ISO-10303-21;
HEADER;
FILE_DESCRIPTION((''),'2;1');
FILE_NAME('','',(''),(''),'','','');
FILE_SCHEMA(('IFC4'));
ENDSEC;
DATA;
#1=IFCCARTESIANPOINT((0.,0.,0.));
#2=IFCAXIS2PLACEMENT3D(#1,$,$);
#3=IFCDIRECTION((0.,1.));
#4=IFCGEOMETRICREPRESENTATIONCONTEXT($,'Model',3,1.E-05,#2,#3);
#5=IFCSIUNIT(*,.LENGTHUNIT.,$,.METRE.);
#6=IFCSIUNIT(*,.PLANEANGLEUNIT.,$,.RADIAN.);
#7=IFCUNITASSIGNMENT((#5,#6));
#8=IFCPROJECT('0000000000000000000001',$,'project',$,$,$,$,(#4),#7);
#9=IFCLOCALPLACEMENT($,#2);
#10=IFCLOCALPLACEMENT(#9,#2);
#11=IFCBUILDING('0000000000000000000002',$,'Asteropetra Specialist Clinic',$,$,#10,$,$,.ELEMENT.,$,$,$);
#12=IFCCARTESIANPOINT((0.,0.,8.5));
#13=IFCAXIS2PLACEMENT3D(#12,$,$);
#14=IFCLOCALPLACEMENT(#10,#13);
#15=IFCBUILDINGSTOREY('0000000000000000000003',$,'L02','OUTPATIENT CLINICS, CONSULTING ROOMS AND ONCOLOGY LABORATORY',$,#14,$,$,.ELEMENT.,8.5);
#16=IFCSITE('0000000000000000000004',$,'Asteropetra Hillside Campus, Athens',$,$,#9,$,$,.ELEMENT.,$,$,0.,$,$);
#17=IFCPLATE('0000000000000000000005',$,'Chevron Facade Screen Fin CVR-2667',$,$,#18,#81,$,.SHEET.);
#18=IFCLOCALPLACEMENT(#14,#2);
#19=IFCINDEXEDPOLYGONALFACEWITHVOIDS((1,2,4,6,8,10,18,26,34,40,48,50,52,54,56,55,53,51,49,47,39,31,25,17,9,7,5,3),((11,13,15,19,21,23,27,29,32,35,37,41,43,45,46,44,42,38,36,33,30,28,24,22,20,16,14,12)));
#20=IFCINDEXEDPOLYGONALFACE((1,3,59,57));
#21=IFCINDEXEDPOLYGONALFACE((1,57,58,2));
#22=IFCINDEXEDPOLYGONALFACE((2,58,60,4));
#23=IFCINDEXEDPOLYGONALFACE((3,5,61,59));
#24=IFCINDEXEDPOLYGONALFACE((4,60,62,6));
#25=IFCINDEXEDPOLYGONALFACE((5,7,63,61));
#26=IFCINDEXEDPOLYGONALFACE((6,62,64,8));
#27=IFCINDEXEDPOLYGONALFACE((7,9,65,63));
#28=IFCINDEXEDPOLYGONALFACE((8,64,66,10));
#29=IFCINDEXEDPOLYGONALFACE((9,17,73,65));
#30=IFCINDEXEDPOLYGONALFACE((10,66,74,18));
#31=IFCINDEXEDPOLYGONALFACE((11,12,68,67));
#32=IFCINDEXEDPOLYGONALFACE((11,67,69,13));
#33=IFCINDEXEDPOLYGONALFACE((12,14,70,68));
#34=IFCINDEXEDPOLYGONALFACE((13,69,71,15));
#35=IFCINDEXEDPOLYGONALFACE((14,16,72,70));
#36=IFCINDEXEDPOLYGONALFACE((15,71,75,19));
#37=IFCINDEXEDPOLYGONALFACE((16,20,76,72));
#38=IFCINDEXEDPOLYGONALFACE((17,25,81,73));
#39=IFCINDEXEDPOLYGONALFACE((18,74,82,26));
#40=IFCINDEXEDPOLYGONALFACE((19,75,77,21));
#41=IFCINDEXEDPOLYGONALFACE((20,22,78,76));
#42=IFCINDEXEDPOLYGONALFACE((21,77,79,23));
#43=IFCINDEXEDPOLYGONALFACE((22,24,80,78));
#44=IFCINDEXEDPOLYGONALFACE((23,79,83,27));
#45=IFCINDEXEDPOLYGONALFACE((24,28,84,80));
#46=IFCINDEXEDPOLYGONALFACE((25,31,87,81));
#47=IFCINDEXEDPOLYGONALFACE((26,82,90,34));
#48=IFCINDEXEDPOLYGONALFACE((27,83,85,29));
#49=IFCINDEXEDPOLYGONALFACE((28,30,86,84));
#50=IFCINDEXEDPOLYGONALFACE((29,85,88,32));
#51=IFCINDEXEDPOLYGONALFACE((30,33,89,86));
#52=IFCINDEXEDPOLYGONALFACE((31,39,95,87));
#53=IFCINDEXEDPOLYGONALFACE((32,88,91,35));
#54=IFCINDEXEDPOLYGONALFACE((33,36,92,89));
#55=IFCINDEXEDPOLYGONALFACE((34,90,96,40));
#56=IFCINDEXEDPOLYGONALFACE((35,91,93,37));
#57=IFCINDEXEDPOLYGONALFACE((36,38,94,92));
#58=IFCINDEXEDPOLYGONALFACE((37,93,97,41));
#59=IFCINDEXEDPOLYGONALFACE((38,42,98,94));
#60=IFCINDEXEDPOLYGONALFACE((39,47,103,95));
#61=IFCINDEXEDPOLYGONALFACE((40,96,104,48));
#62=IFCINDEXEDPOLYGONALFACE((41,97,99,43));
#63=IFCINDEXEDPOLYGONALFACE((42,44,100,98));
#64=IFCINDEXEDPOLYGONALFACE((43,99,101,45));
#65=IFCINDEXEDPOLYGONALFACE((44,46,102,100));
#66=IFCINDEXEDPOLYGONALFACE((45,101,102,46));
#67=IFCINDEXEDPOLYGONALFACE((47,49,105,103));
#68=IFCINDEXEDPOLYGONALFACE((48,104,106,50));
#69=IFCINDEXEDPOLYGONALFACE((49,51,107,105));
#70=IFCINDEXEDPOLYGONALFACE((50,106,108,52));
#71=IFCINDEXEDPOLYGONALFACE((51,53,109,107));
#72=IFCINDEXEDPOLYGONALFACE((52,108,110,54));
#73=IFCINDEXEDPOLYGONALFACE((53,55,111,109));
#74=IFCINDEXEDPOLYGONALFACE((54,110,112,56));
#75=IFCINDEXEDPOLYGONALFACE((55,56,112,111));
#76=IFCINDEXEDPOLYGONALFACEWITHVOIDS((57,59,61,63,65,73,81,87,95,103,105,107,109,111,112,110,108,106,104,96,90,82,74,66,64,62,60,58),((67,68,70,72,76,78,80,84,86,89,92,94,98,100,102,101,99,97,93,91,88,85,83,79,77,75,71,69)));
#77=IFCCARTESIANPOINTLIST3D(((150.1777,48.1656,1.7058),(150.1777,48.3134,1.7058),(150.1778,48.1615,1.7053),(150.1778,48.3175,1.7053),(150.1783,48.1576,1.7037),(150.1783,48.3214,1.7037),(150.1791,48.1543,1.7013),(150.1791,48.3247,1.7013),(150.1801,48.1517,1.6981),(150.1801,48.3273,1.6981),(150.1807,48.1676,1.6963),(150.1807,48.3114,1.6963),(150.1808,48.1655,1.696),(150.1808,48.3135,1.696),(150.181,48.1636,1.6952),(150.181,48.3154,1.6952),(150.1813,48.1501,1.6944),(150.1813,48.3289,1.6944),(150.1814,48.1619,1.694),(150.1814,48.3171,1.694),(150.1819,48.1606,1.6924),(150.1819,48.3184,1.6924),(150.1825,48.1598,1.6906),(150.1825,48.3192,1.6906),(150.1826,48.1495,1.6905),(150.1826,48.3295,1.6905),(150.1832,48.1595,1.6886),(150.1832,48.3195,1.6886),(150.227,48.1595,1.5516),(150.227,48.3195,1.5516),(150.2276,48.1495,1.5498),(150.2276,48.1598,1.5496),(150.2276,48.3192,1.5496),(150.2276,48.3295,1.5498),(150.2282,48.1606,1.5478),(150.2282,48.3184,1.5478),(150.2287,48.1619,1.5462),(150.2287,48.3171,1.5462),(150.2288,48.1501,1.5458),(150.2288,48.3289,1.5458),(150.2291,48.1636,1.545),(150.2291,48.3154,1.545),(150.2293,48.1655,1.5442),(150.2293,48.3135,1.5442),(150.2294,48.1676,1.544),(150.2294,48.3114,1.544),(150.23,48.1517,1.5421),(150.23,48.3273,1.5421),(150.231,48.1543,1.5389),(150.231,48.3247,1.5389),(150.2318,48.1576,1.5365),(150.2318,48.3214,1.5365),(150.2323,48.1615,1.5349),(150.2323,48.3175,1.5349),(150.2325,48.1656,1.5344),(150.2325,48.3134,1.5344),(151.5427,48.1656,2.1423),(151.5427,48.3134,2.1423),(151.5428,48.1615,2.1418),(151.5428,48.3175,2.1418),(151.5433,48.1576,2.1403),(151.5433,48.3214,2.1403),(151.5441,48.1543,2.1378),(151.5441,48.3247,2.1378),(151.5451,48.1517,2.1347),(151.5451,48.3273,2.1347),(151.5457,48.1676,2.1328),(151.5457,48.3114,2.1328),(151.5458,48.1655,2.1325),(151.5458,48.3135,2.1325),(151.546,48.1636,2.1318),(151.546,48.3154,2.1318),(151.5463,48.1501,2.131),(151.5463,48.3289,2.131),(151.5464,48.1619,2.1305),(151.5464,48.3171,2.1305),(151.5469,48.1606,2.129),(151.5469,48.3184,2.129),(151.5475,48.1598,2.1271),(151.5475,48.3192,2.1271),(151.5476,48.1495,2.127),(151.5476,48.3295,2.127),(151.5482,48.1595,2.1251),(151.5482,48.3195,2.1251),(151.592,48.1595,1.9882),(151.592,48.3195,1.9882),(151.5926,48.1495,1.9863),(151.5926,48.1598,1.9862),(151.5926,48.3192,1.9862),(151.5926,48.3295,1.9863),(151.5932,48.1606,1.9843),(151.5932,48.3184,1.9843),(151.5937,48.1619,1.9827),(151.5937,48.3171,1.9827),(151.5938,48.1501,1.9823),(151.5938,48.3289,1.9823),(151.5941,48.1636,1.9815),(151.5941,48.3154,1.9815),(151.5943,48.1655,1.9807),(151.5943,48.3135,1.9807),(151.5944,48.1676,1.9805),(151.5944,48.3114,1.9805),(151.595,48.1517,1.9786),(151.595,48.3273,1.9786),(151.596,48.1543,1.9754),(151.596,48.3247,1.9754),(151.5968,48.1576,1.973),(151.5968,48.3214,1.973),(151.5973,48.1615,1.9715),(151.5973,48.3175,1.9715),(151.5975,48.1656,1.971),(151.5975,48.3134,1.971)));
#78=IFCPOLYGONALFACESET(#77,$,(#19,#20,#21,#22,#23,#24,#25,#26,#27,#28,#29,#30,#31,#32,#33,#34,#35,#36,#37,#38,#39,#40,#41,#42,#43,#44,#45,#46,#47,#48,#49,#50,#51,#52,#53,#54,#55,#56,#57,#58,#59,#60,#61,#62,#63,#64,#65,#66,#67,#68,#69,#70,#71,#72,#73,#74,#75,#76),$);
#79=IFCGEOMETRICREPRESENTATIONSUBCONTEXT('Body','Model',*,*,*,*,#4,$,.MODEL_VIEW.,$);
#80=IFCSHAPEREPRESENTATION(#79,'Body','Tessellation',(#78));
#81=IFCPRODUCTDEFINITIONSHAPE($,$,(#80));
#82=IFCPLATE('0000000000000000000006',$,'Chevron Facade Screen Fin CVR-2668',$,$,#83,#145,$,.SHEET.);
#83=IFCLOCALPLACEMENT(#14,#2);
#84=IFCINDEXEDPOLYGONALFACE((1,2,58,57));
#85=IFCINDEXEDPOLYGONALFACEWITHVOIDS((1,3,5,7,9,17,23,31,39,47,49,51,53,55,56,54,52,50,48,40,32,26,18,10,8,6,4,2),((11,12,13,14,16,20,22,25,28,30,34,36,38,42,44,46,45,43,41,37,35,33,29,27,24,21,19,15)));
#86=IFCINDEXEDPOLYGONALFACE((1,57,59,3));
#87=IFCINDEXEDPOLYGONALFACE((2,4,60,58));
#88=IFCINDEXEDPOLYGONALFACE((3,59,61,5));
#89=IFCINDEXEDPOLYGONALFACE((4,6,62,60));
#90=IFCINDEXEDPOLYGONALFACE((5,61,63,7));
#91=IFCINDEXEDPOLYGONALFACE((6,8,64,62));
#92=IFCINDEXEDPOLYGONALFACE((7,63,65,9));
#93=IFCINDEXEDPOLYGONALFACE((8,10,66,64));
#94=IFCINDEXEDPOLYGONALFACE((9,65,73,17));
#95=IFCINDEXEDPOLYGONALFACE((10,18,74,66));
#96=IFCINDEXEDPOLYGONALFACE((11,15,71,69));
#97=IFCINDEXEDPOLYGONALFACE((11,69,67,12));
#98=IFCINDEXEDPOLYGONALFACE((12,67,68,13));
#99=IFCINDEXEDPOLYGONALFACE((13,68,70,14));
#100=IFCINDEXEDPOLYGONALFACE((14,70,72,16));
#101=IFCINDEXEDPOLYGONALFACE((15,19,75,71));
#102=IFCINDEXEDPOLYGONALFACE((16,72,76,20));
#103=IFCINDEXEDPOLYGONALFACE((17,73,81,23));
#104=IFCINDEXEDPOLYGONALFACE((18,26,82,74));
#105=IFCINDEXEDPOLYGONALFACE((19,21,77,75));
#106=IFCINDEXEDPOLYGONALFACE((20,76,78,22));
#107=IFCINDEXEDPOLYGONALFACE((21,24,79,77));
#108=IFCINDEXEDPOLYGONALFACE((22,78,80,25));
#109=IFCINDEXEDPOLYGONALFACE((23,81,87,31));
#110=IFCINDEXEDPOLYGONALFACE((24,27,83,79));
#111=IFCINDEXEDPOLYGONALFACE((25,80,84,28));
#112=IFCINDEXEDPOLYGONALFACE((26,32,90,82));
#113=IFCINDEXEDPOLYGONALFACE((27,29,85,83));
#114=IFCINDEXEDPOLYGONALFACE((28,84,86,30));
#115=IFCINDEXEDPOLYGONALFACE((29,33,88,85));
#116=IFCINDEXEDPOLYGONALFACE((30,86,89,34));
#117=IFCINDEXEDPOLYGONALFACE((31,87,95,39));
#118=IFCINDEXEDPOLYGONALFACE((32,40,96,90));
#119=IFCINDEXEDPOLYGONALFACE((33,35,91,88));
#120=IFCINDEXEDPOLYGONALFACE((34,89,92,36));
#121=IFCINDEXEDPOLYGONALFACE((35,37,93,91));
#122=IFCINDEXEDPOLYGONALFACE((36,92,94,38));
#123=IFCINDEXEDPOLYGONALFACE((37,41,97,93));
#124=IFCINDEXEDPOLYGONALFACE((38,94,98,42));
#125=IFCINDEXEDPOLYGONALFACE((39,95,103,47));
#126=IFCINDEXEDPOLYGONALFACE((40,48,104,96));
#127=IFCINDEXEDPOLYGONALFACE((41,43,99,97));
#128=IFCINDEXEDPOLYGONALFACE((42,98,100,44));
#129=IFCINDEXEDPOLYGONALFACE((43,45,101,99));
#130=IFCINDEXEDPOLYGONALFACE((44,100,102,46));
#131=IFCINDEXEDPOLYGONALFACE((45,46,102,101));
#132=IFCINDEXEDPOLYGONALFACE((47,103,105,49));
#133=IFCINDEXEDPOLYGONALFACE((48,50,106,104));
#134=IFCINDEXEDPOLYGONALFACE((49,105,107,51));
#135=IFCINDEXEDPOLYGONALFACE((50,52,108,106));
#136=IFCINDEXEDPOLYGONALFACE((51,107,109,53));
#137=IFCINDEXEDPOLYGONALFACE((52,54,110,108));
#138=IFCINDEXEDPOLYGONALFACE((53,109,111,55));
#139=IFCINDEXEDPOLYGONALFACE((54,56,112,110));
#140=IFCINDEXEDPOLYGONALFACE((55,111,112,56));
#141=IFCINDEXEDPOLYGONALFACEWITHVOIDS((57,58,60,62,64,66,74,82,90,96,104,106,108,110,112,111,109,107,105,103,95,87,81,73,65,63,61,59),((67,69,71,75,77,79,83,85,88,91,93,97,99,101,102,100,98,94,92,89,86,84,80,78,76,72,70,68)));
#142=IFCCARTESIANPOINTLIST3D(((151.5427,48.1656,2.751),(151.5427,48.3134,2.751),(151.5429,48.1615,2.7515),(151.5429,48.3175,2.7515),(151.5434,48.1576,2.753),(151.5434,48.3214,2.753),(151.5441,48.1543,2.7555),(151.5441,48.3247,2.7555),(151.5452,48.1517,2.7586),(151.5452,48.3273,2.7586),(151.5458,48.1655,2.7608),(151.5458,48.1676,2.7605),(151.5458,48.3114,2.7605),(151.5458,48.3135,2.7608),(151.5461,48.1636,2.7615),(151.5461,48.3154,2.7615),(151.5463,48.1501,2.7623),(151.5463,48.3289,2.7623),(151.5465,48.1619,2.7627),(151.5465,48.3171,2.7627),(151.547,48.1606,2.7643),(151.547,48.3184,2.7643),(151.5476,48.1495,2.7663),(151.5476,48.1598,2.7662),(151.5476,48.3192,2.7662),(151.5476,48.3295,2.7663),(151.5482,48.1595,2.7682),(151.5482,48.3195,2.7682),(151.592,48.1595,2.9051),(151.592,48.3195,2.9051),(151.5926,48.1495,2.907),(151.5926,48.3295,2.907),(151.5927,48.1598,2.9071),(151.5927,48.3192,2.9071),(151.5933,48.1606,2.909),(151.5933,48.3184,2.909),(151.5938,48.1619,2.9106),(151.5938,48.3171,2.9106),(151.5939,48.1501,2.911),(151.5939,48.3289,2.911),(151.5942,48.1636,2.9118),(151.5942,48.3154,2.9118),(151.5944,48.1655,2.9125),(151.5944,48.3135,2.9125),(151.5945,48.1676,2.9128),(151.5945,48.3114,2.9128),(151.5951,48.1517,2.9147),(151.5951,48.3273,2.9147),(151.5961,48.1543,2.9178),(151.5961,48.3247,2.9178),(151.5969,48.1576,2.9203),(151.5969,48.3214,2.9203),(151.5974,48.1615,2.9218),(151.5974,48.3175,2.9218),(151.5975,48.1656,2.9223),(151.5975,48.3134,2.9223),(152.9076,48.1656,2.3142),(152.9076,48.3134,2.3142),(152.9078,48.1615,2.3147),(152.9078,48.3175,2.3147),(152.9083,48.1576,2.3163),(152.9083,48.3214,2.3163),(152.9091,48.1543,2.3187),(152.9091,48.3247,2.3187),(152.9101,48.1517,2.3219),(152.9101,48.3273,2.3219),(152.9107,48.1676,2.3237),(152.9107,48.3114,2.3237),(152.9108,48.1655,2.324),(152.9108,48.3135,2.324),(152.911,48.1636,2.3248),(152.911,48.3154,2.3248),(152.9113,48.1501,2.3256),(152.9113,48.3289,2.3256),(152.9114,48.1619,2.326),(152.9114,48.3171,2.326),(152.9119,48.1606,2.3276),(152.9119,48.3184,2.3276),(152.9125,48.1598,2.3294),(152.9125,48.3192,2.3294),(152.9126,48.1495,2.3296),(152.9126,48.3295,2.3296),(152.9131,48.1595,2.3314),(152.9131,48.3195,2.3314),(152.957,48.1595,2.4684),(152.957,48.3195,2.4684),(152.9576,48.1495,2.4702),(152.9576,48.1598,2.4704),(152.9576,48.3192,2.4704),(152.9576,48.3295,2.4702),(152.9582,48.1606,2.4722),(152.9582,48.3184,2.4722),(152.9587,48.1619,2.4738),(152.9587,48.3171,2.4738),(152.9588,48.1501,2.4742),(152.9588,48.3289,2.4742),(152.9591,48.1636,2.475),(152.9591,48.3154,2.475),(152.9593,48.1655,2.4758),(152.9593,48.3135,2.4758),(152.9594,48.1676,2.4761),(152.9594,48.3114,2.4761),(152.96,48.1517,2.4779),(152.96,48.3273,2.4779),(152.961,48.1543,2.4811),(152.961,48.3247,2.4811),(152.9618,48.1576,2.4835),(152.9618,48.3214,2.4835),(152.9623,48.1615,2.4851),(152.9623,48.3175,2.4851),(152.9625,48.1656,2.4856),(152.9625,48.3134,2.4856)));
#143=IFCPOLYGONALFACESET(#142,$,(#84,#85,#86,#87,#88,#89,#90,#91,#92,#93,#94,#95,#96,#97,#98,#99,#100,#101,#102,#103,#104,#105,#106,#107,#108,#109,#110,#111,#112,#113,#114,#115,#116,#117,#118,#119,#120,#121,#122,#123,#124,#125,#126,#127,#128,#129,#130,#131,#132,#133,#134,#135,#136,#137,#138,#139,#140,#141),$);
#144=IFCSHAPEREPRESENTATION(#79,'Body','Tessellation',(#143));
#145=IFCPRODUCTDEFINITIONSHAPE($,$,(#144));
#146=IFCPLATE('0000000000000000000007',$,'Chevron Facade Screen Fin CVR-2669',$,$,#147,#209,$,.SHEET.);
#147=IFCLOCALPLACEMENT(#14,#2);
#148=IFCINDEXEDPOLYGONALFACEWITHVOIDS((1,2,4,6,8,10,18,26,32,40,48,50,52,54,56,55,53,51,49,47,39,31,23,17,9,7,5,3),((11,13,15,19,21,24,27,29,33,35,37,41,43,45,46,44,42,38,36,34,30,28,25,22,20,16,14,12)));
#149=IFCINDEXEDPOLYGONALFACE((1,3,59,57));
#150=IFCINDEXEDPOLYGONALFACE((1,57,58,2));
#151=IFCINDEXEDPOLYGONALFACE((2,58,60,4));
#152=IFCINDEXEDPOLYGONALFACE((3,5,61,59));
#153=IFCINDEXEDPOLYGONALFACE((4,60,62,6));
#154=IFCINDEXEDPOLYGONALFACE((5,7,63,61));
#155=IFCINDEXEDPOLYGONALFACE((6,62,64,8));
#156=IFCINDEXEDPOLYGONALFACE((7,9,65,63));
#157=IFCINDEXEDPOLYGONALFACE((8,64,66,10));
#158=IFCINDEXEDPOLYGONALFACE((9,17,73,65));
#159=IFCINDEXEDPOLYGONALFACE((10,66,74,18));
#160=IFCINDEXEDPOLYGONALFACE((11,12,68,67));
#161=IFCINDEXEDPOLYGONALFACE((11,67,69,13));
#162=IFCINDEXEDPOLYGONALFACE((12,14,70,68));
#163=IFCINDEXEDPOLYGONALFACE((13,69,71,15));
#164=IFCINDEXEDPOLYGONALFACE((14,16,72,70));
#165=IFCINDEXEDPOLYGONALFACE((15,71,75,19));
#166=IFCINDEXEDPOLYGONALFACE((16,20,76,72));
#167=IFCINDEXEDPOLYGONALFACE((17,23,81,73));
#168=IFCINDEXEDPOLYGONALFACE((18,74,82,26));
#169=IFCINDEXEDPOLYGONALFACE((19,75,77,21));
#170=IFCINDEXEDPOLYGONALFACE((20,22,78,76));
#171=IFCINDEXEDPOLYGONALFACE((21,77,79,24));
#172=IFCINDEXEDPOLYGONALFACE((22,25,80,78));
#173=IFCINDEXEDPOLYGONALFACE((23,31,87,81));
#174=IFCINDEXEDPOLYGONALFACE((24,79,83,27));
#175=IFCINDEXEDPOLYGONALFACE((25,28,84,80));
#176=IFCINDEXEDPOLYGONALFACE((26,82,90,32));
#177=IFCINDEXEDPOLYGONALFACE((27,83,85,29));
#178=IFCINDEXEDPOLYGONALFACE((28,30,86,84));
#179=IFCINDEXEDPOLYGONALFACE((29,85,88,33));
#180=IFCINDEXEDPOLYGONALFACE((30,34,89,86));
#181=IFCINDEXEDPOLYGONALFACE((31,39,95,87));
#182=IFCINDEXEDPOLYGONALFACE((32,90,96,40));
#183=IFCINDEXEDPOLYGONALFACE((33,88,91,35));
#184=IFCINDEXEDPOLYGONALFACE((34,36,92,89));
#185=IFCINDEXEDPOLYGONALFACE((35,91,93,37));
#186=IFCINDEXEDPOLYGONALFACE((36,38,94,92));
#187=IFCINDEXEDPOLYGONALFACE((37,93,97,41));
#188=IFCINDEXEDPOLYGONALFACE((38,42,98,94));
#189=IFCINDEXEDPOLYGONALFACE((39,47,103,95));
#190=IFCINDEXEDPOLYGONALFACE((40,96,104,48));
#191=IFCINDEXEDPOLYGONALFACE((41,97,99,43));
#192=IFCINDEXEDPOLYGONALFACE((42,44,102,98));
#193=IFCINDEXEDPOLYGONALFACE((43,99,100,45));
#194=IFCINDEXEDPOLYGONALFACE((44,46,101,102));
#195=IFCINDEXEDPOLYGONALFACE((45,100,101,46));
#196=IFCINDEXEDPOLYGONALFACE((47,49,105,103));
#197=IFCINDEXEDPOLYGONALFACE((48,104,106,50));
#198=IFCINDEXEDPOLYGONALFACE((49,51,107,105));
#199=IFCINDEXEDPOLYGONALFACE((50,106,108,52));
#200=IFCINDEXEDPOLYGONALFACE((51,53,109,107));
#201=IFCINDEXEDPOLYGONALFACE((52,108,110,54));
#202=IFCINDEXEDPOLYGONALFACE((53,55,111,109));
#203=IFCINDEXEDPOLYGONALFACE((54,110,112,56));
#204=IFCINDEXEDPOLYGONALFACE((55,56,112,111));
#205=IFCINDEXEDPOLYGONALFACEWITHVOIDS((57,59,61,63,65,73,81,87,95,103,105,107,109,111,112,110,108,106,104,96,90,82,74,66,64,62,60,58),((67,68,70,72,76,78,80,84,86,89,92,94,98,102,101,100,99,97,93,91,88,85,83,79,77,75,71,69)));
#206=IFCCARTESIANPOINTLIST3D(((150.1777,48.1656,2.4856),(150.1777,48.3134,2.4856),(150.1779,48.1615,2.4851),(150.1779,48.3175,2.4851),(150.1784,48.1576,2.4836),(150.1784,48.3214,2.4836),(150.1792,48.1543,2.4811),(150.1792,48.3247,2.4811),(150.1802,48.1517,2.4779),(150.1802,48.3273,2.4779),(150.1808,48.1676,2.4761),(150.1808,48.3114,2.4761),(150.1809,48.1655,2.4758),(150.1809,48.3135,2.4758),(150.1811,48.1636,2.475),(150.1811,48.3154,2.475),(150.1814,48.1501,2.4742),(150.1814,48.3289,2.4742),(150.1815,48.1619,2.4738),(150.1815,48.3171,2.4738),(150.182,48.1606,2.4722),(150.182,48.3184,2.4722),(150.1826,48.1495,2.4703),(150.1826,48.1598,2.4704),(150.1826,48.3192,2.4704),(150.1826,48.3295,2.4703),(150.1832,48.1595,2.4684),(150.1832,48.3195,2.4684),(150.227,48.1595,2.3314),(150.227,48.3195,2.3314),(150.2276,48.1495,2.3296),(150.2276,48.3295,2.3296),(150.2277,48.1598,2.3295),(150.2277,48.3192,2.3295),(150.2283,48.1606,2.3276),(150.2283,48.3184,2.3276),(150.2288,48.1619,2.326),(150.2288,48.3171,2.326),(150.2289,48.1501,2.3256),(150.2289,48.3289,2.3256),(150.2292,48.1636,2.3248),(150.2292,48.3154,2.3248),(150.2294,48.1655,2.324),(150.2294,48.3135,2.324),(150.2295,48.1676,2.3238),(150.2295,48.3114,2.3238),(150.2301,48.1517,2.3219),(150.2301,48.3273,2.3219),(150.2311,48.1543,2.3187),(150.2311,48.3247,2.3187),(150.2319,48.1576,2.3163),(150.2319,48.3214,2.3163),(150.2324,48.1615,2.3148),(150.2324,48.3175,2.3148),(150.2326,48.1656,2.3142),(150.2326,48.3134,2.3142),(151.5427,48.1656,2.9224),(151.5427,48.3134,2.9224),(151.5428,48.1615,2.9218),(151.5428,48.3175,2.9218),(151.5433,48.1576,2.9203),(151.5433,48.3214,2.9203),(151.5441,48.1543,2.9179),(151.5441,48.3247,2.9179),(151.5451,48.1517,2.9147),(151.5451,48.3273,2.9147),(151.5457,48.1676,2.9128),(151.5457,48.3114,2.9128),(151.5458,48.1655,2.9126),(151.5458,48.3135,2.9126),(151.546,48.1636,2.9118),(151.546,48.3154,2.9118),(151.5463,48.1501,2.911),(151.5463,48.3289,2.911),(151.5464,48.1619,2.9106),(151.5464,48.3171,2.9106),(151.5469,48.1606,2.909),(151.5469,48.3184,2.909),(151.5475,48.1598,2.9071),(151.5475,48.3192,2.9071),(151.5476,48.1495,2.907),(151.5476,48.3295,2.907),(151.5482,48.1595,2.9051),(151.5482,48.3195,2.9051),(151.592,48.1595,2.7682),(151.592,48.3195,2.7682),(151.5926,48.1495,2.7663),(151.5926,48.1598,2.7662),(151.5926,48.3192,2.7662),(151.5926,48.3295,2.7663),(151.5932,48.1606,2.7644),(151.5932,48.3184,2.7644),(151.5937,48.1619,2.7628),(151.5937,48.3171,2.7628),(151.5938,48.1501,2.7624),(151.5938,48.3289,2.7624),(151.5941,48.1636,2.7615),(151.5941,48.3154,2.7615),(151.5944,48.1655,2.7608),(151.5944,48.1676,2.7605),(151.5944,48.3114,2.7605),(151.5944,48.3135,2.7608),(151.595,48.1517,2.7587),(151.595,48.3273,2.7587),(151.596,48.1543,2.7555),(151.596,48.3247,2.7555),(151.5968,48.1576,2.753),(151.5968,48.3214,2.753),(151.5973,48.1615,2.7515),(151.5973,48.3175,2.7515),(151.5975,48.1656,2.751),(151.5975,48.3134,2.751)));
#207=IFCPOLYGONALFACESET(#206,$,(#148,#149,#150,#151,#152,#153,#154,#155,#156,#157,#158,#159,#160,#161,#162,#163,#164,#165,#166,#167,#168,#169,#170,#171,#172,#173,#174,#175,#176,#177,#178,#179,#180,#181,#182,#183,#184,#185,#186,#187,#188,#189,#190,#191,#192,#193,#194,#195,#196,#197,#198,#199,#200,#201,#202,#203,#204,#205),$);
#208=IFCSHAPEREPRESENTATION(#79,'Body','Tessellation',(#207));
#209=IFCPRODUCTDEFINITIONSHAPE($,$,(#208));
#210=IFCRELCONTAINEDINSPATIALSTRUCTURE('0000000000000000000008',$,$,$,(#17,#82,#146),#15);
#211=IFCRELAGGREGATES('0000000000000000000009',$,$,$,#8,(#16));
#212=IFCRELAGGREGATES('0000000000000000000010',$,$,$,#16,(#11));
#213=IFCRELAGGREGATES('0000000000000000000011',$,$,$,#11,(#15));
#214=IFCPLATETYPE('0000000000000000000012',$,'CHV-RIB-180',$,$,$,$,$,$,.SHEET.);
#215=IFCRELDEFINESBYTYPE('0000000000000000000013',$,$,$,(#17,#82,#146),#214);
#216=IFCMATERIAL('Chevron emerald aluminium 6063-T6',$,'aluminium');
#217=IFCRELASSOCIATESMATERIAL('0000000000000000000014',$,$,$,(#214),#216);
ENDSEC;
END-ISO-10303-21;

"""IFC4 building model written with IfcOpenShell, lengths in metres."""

from ifc_helpers import new_model, si_unit, direction, frame, origin, origin_2d, place, context, subcontext, project, spatial, hollow_rectangle, extrude, material, material_profile, profile_set, type_object, element, save


model = new_model("IFC4")

# Units and contexts
model_context = context("Model", 3, precision=1e-05, world=origin(), true_north=direction((0.0, 1.0)))
body_context = subcontext(model_context, "Body", "Model", "MODEL_VIEW")
ifc_project = project(units=[si_unit("LENGTHUNIT", "METRE"), si_unit("PLANEANGLEUNIT", "RADIAN")], contexts=[model_context])

# Site, building, storey
site_placement = place(None, origin())
site = spatial("IfcSite", under=ifc_project, at=site_placement, Name="Asteropetra Hillside Campus, Athens", CompositionType="ELEMENT", RefElevation=0.0)
building_placement = place(site_placement, origin())
building = spatial("IfcBuilding", under=site, at=building_placement, Name="Asteropetra Specialist Clinic", CompositionType="ELEMENT")
storey_placement = place(building_placement, frame((0.0, 0.0, 8.5)))
storey = spatial("IfcBuildingStorey", under=building, at=storey_placement, Name="L02", Description="OUTPATIENT CLINICS, CONSULTING ROOMS AND ONCOLOGY LABORATORY", CompositionType="ELEMENT", Elevation=8.5)

# Plates
ifc_material_1 = material(Name="Chevron emerald aluminium 6063-T6", Category="aluminium")
ifc_material_profile_1 = material_profile(ifc_material_1, hollow_rectangle(XDim=0.1799, YDim=0.1799, WallThickness=0.01, InnerFilletRadius=0.0081, OuterFilletRadius=0.0161, at=origin_2d()), Name="SHS 180x180x10.0")
ifc_profile_set_1 = profile_set([ifc_material_profile_1], Name="Chevron emerald aluminium 6063-T6")
plate_type = type_object("IfcPlateType", Name="CHV-RIB-180", PredefinedType="SHEET", material=ifc_profile_set_1)
for number, where, z_axis, x_axis, name in (
    (1, (151.5701, 48.2395, 2.0566), (-0.95248, 0.0, -0.304603), (0.0, -1.0, 0.0), "Chevron Facade Screen Fin CVR-2667"),
    (2, (152.9351, 48.2395, 2.3999), (-0.95243, 0.0, 0.304757), (0.0, -1.0, 0.0), "Chevron Facade Screen Fin CVR-2668"),
    (3, (151.5701, 48.2395, 2.8367), (-0.95243, 0.0, -0.304757), (0.0, -1.0, 0.0), "Chevron Facade Screen Fin CVR-2669"),
):
    element("IfcPlate", number, at=place(storey_placement, frame(where, z_axis=z_axis, x_axis=x_axis)), inside=storey, type_object=plate_type, Name=name, PredefinedType="SHEET", context=body_context, shape_type="SweptSolid", body=[
        extrude(hollow_rectangle(XDim=0.1799, YDim=0.1799, WallThickness=0.01, InnerFilletRadius=0.0081, OuterFilletRadius=0.0161, at=origin_2d()), origin(), (0.0, 0.0, 1.0), 1.4331),
    ])

save(model, "model.ifc")
